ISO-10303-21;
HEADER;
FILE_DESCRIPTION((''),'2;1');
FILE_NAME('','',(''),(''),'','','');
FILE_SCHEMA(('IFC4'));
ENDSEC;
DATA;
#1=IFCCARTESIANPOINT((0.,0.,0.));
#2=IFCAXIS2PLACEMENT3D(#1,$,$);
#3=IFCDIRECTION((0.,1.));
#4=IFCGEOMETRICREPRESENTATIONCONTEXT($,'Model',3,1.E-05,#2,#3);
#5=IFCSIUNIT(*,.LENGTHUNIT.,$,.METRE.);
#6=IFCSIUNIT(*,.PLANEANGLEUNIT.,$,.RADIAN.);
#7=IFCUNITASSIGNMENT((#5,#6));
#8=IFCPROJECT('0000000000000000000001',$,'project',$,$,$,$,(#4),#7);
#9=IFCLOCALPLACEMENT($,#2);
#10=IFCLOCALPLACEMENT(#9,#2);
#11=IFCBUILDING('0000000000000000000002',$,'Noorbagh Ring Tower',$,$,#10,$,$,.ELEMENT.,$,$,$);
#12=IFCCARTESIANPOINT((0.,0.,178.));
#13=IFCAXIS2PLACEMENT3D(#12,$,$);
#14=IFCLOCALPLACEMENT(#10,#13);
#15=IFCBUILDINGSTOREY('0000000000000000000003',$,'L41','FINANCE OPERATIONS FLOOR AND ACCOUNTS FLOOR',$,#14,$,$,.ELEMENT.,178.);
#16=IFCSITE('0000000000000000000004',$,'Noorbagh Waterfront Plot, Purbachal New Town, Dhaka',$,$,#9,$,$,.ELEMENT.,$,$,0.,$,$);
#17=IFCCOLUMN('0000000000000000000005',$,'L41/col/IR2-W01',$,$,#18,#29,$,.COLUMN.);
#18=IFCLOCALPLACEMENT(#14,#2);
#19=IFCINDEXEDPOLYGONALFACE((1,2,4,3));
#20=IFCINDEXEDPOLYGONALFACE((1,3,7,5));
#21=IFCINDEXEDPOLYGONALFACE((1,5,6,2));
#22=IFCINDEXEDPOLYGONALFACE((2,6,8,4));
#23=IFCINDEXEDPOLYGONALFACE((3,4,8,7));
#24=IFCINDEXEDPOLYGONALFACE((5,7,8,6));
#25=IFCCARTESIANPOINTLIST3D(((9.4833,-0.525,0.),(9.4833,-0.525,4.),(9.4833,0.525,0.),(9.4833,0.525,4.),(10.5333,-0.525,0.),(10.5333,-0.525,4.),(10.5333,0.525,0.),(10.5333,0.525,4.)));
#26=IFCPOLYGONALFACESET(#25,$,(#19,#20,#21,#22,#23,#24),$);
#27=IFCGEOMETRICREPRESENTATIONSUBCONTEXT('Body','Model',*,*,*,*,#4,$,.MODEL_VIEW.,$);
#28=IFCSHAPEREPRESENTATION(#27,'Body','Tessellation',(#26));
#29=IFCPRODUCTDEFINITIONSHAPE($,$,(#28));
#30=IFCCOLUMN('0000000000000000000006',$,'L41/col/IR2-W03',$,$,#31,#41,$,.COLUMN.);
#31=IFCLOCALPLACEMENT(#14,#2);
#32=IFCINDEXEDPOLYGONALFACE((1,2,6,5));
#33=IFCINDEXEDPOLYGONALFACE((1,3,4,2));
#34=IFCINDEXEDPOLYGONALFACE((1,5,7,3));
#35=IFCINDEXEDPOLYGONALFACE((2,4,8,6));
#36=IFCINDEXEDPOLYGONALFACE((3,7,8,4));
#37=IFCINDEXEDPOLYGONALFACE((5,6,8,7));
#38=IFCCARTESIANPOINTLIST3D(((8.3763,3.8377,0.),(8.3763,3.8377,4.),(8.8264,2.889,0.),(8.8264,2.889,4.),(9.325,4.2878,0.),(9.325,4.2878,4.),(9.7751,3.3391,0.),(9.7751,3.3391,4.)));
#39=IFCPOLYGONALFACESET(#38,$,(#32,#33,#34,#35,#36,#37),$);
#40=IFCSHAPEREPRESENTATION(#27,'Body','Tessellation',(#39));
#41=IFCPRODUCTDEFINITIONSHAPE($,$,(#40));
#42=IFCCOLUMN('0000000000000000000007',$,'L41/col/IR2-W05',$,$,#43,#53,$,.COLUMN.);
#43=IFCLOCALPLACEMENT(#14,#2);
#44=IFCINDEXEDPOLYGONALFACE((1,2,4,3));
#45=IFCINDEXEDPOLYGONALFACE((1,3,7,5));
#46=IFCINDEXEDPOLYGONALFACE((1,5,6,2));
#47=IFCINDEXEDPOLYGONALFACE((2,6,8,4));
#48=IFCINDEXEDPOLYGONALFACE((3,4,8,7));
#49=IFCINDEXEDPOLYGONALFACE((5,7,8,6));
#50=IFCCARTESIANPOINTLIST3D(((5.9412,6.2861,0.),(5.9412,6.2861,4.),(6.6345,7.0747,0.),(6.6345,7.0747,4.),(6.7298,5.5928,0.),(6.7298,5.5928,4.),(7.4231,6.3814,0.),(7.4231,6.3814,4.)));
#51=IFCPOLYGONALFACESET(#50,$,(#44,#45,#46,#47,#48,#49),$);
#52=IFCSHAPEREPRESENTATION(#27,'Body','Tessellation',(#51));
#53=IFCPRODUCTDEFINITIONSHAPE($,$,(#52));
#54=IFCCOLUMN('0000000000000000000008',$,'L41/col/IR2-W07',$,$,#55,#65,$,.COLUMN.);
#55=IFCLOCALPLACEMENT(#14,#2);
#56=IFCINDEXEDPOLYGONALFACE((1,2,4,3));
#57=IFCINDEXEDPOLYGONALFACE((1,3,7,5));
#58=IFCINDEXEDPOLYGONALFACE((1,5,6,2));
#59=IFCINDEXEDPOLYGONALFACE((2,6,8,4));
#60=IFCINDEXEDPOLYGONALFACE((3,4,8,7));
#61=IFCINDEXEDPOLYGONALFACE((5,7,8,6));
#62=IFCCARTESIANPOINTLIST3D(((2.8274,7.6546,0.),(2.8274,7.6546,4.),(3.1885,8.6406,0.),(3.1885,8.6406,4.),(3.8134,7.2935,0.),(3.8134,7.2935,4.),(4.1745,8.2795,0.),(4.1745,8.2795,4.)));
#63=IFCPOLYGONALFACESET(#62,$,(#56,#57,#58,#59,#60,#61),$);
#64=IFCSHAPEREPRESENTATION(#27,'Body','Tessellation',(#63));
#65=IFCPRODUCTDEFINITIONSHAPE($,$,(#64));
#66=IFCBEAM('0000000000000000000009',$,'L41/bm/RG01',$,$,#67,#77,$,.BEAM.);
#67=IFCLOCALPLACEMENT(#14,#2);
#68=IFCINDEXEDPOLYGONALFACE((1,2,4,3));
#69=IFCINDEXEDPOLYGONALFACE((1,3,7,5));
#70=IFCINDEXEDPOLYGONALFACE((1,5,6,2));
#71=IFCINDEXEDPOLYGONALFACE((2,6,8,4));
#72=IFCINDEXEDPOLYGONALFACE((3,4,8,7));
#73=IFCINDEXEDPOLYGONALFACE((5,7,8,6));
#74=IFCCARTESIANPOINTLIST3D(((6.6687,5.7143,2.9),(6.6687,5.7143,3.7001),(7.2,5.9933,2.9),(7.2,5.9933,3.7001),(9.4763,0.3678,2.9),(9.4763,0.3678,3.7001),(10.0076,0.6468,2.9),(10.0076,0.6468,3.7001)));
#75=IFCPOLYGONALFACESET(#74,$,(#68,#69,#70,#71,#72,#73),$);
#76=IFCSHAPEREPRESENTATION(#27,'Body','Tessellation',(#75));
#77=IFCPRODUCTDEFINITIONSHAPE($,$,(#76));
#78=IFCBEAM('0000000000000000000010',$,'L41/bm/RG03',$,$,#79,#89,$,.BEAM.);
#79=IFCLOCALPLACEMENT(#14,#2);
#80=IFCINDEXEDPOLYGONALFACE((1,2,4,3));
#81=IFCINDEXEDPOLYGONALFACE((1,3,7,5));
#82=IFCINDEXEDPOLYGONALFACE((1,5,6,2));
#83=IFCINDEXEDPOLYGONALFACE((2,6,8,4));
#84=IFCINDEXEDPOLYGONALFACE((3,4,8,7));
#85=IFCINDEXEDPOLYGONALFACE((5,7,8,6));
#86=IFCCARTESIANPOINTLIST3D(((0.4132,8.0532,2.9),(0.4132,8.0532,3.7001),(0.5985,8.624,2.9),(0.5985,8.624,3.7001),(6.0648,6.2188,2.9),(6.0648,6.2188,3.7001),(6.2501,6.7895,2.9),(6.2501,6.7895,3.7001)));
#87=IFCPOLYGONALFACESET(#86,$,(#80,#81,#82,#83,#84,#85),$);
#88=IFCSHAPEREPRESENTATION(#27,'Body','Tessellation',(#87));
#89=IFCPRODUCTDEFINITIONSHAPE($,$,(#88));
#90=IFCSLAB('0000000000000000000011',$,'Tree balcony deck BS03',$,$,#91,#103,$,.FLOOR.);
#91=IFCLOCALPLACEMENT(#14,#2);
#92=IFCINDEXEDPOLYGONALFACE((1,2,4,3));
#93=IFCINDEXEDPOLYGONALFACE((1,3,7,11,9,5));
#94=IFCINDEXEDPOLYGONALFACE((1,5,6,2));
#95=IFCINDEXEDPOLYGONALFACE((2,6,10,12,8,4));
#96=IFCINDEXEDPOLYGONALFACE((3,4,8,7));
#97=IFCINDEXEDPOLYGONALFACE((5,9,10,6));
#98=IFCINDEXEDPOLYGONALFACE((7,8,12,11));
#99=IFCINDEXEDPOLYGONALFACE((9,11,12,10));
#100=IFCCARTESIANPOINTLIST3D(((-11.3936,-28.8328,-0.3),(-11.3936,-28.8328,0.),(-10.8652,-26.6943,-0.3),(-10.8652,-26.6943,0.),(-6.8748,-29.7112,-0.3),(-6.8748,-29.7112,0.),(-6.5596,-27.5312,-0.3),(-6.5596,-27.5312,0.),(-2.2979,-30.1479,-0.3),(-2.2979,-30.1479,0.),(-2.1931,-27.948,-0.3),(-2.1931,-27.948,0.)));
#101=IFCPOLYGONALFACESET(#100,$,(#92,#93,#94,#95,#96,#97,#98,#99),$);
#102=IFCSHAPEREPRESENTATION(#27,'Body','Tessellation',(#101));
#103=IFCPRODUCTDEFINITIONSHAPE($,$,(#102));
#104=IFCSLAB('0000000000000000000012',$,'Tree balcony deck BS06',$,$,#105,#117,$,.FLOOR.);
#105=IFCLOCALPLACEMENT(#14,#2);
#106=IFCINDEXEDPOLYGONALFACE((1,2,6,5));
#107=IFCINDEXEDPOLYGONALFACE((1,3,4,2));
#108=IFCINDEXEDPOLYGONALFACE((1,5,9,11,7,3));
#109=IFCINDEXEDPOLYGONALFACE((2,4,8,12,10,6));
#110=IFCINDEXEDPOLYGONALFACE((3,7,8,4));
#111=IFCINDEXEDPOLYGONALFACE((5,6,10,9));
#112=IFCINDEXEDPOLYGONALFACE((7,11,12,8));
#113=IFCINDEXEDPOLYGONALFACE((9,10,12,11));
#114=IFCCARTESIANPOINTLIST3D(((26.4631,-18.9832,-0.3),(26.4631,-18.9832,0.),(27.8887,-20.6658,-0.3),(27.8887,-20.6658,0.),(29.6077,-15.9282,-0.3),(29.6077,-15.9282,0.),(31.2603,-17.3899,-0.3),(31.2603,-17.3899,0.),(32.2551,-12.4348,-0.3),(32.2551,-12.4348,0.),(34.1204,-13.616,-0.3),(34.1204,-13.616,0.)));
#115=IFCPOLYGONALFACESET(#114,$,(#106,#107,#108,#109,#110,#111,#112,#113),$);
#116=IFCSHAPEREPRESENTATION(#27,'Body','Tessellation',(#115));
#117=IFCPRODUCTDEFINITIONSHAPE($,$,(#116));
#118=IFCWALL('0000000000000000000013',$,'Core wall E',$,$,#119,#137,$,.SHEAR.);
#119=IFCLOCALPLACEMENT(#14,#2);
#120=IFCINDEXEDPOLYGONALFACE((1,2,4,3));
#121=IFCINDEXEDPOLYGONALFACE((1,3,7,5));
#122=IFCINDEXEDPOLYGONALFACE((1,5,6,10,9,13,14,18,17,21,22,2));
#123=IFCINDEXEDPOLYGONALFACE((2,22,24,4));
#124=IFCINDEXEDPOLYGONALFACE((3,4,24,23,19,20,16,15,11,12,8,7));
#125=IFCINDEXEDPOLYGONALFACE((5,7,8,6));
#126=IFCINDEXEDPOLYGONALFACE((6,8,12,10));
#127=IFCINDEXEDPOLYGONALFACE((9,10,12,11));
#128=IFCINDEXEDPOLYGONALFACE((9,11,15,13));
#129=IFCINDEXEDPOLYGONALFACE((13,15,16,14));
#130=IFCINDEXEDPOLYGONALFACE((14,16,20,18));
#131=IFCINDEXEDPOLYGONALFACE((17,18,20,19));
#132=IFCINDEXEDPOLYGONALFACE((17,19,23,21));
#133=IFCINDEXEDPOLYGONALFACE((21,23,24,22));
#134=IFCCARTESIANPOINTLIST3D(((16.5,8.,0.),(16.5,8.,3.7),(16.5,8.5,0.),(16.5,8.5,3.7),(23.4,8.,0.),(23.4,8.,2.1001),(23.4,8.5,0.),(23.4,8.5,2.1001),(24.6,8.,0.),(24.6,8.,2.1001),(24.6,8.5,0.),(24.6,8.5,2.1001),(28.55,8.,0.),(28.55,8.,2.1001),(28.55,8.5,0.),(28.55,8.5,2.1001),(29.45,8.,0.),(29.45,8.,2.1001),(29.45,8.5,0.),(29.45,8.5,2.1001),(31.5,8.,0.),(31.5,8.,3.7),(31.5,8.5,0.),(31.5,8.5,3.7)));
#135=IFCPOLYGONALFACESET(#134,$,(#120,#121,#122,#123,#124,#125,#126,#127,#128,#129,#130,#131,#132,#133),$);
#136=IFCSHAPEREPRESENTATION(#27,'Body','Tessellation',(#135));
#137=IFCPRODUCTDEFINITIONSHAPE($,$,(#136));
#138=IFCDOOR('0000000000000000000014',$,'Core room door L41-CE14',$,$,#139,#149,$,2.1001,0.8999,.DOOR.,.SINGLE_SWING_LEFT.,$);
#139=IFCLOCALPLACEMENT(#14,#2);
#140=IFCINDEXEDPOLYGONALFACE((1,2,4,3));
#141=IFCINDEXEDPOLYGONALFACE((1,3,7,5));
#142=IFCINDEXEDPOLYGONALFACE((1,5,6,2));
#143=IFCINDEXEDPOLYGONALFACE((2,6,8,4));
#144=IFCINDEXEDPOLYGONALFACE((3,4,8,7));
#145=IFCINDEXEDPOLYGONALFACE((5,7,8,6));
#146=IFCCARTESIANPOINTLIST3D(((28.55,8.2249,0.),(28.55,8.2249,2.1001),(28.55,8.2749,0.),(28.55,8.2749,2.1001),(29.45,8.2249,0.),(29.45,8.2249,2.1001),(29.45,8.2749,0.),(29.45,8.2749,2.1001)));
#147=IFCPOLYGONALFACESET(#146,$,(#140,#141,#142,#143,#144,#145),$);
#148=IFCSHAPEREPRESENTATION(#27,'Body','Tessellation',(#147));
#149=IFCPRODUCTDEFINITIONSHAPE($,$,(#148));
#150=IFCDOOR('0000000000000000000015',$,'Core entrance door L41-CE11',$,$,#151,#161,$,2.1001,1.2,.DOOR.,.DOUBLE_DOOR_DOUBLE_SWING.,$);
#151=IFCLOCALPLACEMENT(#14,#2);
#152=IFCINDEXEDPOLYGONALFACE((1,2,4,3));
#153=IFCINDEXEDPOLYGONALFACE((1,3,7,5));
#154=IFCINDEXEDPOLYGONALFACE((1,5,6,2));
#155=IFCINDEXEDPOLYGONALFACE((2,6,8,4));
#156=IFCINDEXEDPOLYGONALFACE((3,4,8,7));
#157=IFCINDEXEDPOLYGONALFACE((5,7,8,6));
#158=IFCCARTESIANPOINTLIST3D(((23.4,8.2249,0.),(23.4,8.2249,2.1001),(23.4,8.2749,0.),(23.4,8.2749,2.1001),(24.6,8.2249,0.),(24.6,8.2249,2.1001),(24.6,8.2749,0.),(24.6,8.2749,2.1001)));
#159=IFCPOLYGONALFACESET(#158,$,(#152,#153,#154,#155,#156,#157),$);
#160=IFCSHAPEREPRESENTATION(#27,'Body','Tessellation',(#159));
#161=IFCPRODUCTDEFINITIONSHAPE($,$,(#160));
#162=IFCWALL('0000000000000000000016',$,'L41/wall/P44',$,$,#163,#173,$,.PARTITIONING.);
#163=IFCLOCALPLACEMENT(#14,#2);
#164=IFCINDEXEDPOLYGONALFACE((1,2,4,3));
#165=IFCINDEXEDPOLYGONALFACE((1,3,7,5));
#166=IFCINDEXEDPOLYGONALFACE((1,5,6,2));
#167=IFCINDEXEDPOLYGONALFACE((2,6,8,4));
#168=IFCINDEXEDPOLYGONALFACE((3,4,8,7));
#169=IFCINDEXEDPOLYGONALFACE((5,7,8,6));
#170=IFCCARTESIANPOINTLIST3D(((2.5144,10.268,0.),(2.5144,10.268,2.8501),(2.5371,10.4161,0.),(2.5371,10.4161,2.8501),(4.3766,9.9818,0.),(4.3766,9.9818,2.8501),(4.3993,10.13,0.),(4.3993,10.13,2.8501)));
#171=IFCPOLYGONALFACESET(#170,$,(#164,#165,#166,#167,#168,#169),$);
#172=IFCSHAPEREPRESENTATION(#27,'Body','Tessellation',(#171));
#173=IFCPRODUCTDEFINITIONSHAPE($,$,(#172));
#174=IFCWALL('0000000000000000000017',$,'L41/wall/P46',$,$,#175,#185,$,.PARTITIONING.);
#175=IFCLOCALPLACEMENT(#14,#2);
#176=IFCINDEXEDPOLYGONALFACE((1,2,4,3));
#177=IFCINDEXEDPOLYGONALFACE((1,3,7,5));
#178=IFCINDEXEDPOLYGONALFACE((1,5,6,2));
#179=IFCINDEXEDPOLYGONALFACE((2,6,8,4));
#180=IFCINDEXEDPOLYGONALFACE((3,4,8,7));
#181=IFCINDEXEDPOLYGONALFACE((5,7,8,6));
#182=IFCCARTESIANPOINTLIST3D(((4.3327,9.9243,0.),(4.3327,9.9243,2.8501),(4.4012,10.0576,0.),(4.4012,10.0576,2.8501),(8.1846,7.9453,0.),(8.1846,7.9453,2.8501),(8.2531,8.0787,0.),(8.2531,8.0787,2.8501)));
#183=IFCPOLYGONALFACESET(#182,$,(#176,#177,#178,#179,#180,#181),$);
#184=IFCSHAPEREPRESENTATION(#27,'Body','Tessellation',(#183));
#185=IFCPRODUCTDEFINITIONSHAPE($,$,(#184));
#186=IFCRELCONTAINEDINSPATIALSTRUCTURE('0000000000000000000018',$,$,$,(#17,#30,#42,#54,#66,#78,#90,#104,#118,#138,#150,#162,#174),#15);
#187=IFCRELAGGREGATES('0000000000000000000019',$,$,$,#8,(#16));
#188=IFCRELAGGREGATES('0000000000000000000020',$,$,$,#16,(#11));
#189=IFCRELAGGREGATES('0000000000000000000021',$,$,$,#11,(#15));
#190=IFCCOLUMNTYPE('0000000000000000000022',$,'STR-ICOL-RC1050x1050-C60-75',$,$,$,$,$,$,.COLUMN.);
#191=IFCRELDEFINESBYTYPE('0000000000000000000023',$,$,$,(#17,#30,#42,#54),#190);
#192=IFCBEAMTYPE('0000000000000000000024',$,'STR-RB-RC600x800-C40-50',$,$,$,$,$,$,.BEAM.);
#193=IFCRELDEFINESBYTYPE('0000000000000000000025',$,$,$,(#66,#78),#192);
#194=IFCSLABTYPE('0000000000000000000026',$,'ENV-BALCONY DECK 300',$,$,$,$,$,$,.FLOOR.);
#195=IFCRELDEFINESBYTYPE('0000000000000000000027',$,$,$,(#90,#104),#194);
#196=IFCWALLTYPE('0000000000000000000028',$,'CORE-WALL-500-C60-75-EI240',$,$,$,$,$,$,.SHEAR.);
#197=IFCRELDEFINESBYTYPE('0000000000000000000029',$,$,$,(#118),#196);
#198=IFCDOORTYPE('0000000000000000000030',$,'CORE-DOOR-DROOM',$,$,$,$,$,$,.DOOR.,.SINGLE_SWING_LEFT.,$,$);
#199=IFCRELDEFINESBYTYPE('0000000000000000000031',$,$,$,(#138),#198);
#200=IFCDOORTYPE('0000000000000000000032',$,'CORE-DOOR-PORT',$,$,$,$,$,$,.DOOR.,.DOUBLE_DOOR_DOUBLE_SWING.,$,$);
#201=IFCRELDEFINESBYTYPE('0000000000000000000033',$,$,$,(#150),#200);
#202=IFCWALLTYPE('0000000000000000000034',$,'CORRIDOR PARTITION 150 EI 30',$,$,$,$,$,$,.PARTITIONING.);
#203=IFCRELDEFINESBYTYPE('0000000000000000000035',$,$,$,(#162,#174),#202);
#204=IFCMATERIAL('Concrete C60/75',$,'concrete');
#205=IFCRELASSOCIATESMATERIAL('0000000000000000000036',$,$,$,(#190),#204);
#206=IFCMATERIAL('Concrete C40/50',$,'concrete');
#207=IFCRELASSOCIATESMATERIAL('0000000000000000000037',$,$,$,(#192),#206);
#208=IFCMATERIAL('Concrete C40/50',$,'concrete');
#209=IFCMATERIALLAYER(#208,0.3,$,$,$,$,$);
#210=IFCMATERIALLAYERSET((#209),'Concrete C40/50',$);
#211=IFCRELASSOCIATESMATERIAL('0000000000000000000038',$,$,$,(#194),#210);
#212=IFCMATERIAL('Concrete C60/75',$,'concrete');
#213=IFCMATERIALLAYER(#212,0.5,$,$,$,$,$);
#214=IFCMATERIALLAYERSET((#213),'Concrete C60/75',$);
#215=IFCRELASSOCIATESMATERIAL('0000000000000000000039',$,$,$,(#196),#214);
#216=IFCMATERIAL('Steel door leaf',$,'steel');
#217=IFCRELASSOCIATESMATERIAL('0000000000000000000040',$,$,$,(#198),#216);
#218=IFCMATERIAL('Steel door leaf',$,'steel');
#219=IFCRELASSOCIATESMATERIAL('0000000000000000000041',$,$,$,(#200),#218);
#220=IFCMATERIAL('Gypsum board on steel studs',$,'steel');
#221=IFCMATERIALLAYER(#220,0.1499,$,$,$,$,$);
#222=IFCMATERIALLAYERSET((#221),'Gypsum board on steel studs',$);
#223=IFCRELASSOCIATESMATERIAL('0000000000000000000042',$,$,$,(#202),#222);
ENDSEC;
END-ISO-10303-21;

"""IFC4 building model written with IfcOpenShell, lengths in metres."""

from ifc_helpers import new_model, si_unit, direction, frame, frame_2d, origin, origin_2d, place, context, subcontext, project, spatial, polyline, rectangle, outline, extrude, material, layer, layer_set, material_profile, profile_set, type_object, element, fill, save


model = new_model("IFC4")

# Units and contexts
model_context = context("Model", 3, precision=1e-05, world=origin(), true_north=direction((0.0, 1.0)))
body_context = subcontext(model_context, "Body", "Model", "MODEL_VIEW")
ifc_project = project(units=[si_unit("LENGTHUNIT", "METRE"), si_unit("PLANEANGLEUNIT", "RADIAN")], contexts=[model_context])

# Site, building, storey
site_placement = place(None, origin())
site = spatial("IfcSite", under=ifc_project, at=site_placement, Name="Noorbagh Waterfront Plot, Purbachal New Town, Dhaka", CompositionType="ELEMENT", RefElevation=0.0)
building_placement = place(site_placement, origin())
building = spatial("IfcBuilding", under=site, at=building_placement, Name="Noorbagh Ring Tower", CompositionType="ELEMENT")
storey_placement = place(building_placement, frame((0.0, 0.0, 178.0)))
storey = spatial("IfcBuildingStorey", under=building, at=storey_placement, Name="L41", Description="FINANCE OPERATIONS FLOOR AND ACCOUNTS FLOOR", CompositionType="ELEMENT", Elevation=178.0)

# Columns
ifc_material_1 = material(Name="Concrete C60/75", Category="concrete")
ifc_material_profile_1 = material_profile(ifc_material_1, rectangle(XDim=1.05, YDim=1.05, at=origin_2d()), Name="RC1050x1050")
ifc_profile_set_1 = profile_set([ifc_material_profile_1], Name="Concrete C60/75")
column_type = type_object("IfcColumnType", Name="STR-ICOL-RC1050x1050-C60-75", PredefinedType="COLUMN", material=ifc_profile_set_1)
for number, where, z_axis, x_axis, name in (
    (1, (10.0083, 0.0, 0.0), (0.0, 0.0, 1.0), (0.0, 1.0, 0.0), "L41/col/IR2-W01"),
    (2, (9.0757, 3.5884, 0.0), (0.0, 0.0, 1.0), (-0.428667, 0.903463, 0.0), "L41/col/IR2-W03"),
    (3, (6.6821, 6.3337, 0.0), (0.0, 0.0, 1.0), (-0.751022, 0.660277, 0.0), "L41/col/IR2-W05"),
    (4, (3.501, 7.967, 0.0), (0.0, 0.0, 1.0), (-0.93902, 0.343864, 0.0), "L41/col/IR2-W07"),
):
    element("IfcColumn", number, at=place(storey_placement, frame(where, z_axis=z_axis, x_axis=x_axis)), inside=storey, type_object=column_type, Name=name, PredefinedType="COLUMN", context=body_context, shape_type="SweptSolid", body=[
        extrude(rectangle(XDim=1.05, YDim=1.05, at=origin_2d()), origin(), (0.0, 0.0, 1.0), 4.0),
    ])

# Beams
ifc_material_2 = material(Name="Concrete C40/50", Category="concrete")
ifc_material_profile_2 = material_profile(ifc_material_2, rectangle(XDim=0.6001, YDim=0.8, at=origin_2d()), Name="RC600x800")
ifc_profile_set_2 = profile_set([ifc_material_profile_2], Name="Concrete C40/50")
beam_type = type_object("IfcBeamType", Name="STR-RB-RC600x800-C40-50", PredefinedType="BEAM", material=ifc_profile_set_2)
beam_1_placement = place(storey_placement, frame((9.7419, 0.5073, 3.3), z_axis=(-0.46493, 0.885348, 0.0), x_axis=(-0.885348, -0.46493, 0.0)))
element("IfcBeam", 5, at=beam_1_placement, inside=storey, type_object=beam_type, Name="L41/bm/RG01", PredefinedType="BEAM", context=body_context, shape_type="SweptSolid", body=[
    extrude(rectangle(XDim=0.6001, YDim=0.8, at=origin_2d()), origin(), (0.0, 0.0, 1.0), 6.0388),
])
beam_2_placement = place(storey_placement, frame((6.1575, 6.5042, 3.3), z_axis=(-0.951148, 0.308736, 0.0), x_axis=(-0.308736, -0.951148, 0.0)))
element("IfcBeam", 6, at=beam_2_placement, inside=storey, type_object=beam_type, Name="L41/bm/RG03", PredefinedType="BEAM", context=body_context, shape_type="SweptSolid", body=[
    extrude(rectangle(XDim=0.6001, YDim=0.8, at=origin_2d()), origin(), (0.0, 0.0, 1.0), 5.9419),
])

# Slabs
ifc_material_3 = material(Name="Concrete C40/50", Category="concrete")
ifc_layer_1 = layer(ifc_material_3, 0.3)
ifc_layer_set_1 = layer_set([ifc_layer_1], Name="Concrete C40/50")
slab_type = type_object("IfcSlabType", Name="ENV-BALCONY DECK 300", PredefinedType="FLOOR", material=ifc_layer_set_1)
slab_1_placement = place(storey_placement, frame((0.0, 0.0, -0.3)))
element("IfcSlab", 7, at=slab_1_placement, inside=storey, type_object=slab_type, Name="Tree balcony deck BS03", PredefinedType="FLOOR", context=body_context, shape_type="SweptSolid", body=[
    extrude(outline(polyline([(-11.3936, -28.8328), (-6.8748, -29.7112), (-2.2979, -30.1479), (-2.1931, -27.948), (-6.5596, -27.5312), (-10.8652, -26.6943), (-11.3936, -28.8328)])), origin(), (0.0, 0.0, 1.0), 0.3),
])
slab_2_placement = place(storey_placement, frame((0.0, 0.0, -0.3)))
element("IfcSlab", 8, at=slab_2_placement, inside=storey, type_object=slab_type, Name="Tree balcony deck BS06", PredefinedType="FLOOR", context=body_context, shape_type="SweptSolid", body=[
    extrude(outline(polyline([(27.8887, -20.6658), (31.2603, -17.3899), (34.1204, -13.616), (32.2551, -12.4348), (29.6077, -15.9282), (26.4631, -18.9832), (27.8887, -20.6658)])), origin(), (0.0, 0.0, 1.0), 0.3),
])

# Wall, openings, doors
ifc_material_4 = material(Name="Concrete C60/75", Category="concrete")
ifc_layer_2 = layer(ifc_material_4, 0.5)
ifc_layer_set_2 = layer_set([ifc_layer_2], Name="Concrete C60/75")
wall_type_1 = type_object("IfcWallType", Name="CORE-WALL-500-C60-75-EI240", PredefinedType="SHEAR", material=ifc_layer_set_2)
wall_1_placement = place(storey_placement, frame((16.5, 8.25, 0.0), z_axis=(0.0, 0.0, 1.0), x_axis=(1.0, 0.0, 0.0)))
wall_1 = element("IfcWall", 9, at=wall_1_placement, inside=storey, type_object=wall_type_1, Name="Core wall E", PredefinedType="SHEAR", context=body_context, shape_type="SweptSolid", body=[
    extrude(rectangle(XDim=15.0, YDim=0.5, at=frame_2d((7.5, 0.0))), origin(), (0.0, 0.0, 1.0), 3.7),
])
opening_1_placement = place(wall_1_placement, frame((6.8999, 0.0, 0.0)))
opening_1 = element("IfcOpeningElement", 10, at=opening_1_placement, cuts=wall_1, PredefinedType="OPENING", context=body_context, shape_type="SweptSolid", body=[
    extrude(rectangle(XDim=1.2, YDim=2.1001, at=frame_2d((0.6001, 1.05))), frame((0.0, 0.26, 0.0), z_axis=(0.0, -1.0, 0.0), x_axis=(1.0, 0.0, 0.0)), (0.0, 0.0, 1.0), 0.52),
])
opening_2_placement = place(wall_1_placement, frame((12.05, 0.0, 0.0)))
opening_2 = element("IfcOpeningElement", 11, at=opening_2_placement, cuts=wall_1, PredefinedType="OPENING", context=body_context, shape_type="SweptSolid", body=[
    extrude(rectangle(XDim=0.8999, YDim=2.1001, at=frame_2d((0.45, 1.05))), frame((0.0, 0.26, 0.0), z_axis=(0.0, -1.0, 0.0), x_axis=(1.0, 0.0, 0.0)), (0.0, 0.0, 1.0), 0.52),
])
ifc_material_5 = material(Name="Steel door leaf", Category="steel")
door_type_1 = type_object("IfcDoorType", Name="CORE-DOOR-DROOM", OperationType="SINGLE_SWING_LEFT", PredefinedType="DOOR", material=ifc_material_5)
door_1_placement = place(opening_2_placement, origin())
door_1 = element("IfcDoor", 12, at=door_1_placement, inside=storey, type_object=door_type_1, Name="Core room door L41-CE14", OperationType="SINGLE_SWING_LEFT", OverallHeight=2.1001, OverallWidth=0.8999, PredefinedType="DOOR", context=body_context, shape_type="SweptSolid", body=[
    extrude(rectangle(XDim=0.8999, YDim=2.1001, at=frame_2d((0.45, 1.05))), frame((0.0, 0.0249, 0.0), z_axis=(0.0, -1.0, 0.0), x_axis=(1.0, 0.0, 0.0)), (0.0, 0.0, 1.0), 0.05),
])
fill(opening_2, door_1)
ifc_material_6 = material(Name="Steel door leaf", Category="steel")
door_type_2 = type_object("IfcDoorType", Name="CORE-DOOR-PORT", OperationType="DOUBLE_DOOR_DOUBLE_SWING", PredefinedType="DOOR", material=ifc_material_6)
door_2_placement = place(opening_1_placement, origin())
door_2 = element("IfcDoor", 13, at=door_2_placement, inside=storey, type_object=door_type_2, Name="Core entrance door L41-CE11", OperationType="DOUBLE_DOOR_DOUBLE_SWING", OverallHeight=2.1001, OverallWidth=1.2, PredefinedType="DOOR", context=body_context, shape_type="SweptSolid", body=[
    extrude(rectangle(XDim=1.2, YDim=2.1001, at=frame_2d((0.6001, 1.05))), frame((0.0, 0.0249, 0.0), z_axis=(0.0, -1.0, 0.0), x_axis=(1.0, 0.0, 0.0)), (0.0, 0.0, 1.0), 0.05),
])
fill(opening_1, door_2)

# Walls
ifc_material_7 = material(Name="Gypsum board on steel studs", Category="steel")
ifc_layer_3 = layer(ifc_material_7, 0.1499)
ifc_layer_set_3 = layer_set([ifc_layer_3], Name="Gypsum board on steel studs")
wall_type_2 = type_object("IfcWallType", Name="CORRIDOR PARTITION 150 EI 30", PredefinedType="PARTITIONING", material=ifc_layer_set_3)
wall_2_placement = place(storey_placement, frame((2.5259, 10.342, 0.0), z_axis=(0.0, 0.0, 1.0), x_axis=(0.988399, -0.151882, 0.0)))
element("IfcWall", 14, at=wall_2_placement, inside=storey, type_object=wall_type_2, Name="L41/wall/P44", PredefinedType="PARTITIONING", context=body_context, shape_type="SweptSolid", body=[
    extrude(rectangle(XDim=1.884, YDim=0.1499, at=frame_2d((0.9419, 0.0))), origin(), (0.0, 0.0, 1.0), 2.8501),
])
wall_3_placement = place(storey_placement, frame((4.3669, 9.991, 0.0), z_axis=(0.0, 0.0, 1.0), x_axis=(0.88948, -0.456973, 0.0)))
element("IfcWall", 15, at=wall_3_placement, inside=storey, type_object=wall_type_2, Name="L41/wall/P46", PredefinedType="PARTITIONING", context=body_context, shape_type="SweptSolid", body=[
    extrude(rectangle(XDim=4.3306, YDim=0.1499, at=frame_2d((2.1653, 0.0))), origin(), (0.0, 0.0, 1.0), 2.8501),
])

save(model, "model.ifc")
